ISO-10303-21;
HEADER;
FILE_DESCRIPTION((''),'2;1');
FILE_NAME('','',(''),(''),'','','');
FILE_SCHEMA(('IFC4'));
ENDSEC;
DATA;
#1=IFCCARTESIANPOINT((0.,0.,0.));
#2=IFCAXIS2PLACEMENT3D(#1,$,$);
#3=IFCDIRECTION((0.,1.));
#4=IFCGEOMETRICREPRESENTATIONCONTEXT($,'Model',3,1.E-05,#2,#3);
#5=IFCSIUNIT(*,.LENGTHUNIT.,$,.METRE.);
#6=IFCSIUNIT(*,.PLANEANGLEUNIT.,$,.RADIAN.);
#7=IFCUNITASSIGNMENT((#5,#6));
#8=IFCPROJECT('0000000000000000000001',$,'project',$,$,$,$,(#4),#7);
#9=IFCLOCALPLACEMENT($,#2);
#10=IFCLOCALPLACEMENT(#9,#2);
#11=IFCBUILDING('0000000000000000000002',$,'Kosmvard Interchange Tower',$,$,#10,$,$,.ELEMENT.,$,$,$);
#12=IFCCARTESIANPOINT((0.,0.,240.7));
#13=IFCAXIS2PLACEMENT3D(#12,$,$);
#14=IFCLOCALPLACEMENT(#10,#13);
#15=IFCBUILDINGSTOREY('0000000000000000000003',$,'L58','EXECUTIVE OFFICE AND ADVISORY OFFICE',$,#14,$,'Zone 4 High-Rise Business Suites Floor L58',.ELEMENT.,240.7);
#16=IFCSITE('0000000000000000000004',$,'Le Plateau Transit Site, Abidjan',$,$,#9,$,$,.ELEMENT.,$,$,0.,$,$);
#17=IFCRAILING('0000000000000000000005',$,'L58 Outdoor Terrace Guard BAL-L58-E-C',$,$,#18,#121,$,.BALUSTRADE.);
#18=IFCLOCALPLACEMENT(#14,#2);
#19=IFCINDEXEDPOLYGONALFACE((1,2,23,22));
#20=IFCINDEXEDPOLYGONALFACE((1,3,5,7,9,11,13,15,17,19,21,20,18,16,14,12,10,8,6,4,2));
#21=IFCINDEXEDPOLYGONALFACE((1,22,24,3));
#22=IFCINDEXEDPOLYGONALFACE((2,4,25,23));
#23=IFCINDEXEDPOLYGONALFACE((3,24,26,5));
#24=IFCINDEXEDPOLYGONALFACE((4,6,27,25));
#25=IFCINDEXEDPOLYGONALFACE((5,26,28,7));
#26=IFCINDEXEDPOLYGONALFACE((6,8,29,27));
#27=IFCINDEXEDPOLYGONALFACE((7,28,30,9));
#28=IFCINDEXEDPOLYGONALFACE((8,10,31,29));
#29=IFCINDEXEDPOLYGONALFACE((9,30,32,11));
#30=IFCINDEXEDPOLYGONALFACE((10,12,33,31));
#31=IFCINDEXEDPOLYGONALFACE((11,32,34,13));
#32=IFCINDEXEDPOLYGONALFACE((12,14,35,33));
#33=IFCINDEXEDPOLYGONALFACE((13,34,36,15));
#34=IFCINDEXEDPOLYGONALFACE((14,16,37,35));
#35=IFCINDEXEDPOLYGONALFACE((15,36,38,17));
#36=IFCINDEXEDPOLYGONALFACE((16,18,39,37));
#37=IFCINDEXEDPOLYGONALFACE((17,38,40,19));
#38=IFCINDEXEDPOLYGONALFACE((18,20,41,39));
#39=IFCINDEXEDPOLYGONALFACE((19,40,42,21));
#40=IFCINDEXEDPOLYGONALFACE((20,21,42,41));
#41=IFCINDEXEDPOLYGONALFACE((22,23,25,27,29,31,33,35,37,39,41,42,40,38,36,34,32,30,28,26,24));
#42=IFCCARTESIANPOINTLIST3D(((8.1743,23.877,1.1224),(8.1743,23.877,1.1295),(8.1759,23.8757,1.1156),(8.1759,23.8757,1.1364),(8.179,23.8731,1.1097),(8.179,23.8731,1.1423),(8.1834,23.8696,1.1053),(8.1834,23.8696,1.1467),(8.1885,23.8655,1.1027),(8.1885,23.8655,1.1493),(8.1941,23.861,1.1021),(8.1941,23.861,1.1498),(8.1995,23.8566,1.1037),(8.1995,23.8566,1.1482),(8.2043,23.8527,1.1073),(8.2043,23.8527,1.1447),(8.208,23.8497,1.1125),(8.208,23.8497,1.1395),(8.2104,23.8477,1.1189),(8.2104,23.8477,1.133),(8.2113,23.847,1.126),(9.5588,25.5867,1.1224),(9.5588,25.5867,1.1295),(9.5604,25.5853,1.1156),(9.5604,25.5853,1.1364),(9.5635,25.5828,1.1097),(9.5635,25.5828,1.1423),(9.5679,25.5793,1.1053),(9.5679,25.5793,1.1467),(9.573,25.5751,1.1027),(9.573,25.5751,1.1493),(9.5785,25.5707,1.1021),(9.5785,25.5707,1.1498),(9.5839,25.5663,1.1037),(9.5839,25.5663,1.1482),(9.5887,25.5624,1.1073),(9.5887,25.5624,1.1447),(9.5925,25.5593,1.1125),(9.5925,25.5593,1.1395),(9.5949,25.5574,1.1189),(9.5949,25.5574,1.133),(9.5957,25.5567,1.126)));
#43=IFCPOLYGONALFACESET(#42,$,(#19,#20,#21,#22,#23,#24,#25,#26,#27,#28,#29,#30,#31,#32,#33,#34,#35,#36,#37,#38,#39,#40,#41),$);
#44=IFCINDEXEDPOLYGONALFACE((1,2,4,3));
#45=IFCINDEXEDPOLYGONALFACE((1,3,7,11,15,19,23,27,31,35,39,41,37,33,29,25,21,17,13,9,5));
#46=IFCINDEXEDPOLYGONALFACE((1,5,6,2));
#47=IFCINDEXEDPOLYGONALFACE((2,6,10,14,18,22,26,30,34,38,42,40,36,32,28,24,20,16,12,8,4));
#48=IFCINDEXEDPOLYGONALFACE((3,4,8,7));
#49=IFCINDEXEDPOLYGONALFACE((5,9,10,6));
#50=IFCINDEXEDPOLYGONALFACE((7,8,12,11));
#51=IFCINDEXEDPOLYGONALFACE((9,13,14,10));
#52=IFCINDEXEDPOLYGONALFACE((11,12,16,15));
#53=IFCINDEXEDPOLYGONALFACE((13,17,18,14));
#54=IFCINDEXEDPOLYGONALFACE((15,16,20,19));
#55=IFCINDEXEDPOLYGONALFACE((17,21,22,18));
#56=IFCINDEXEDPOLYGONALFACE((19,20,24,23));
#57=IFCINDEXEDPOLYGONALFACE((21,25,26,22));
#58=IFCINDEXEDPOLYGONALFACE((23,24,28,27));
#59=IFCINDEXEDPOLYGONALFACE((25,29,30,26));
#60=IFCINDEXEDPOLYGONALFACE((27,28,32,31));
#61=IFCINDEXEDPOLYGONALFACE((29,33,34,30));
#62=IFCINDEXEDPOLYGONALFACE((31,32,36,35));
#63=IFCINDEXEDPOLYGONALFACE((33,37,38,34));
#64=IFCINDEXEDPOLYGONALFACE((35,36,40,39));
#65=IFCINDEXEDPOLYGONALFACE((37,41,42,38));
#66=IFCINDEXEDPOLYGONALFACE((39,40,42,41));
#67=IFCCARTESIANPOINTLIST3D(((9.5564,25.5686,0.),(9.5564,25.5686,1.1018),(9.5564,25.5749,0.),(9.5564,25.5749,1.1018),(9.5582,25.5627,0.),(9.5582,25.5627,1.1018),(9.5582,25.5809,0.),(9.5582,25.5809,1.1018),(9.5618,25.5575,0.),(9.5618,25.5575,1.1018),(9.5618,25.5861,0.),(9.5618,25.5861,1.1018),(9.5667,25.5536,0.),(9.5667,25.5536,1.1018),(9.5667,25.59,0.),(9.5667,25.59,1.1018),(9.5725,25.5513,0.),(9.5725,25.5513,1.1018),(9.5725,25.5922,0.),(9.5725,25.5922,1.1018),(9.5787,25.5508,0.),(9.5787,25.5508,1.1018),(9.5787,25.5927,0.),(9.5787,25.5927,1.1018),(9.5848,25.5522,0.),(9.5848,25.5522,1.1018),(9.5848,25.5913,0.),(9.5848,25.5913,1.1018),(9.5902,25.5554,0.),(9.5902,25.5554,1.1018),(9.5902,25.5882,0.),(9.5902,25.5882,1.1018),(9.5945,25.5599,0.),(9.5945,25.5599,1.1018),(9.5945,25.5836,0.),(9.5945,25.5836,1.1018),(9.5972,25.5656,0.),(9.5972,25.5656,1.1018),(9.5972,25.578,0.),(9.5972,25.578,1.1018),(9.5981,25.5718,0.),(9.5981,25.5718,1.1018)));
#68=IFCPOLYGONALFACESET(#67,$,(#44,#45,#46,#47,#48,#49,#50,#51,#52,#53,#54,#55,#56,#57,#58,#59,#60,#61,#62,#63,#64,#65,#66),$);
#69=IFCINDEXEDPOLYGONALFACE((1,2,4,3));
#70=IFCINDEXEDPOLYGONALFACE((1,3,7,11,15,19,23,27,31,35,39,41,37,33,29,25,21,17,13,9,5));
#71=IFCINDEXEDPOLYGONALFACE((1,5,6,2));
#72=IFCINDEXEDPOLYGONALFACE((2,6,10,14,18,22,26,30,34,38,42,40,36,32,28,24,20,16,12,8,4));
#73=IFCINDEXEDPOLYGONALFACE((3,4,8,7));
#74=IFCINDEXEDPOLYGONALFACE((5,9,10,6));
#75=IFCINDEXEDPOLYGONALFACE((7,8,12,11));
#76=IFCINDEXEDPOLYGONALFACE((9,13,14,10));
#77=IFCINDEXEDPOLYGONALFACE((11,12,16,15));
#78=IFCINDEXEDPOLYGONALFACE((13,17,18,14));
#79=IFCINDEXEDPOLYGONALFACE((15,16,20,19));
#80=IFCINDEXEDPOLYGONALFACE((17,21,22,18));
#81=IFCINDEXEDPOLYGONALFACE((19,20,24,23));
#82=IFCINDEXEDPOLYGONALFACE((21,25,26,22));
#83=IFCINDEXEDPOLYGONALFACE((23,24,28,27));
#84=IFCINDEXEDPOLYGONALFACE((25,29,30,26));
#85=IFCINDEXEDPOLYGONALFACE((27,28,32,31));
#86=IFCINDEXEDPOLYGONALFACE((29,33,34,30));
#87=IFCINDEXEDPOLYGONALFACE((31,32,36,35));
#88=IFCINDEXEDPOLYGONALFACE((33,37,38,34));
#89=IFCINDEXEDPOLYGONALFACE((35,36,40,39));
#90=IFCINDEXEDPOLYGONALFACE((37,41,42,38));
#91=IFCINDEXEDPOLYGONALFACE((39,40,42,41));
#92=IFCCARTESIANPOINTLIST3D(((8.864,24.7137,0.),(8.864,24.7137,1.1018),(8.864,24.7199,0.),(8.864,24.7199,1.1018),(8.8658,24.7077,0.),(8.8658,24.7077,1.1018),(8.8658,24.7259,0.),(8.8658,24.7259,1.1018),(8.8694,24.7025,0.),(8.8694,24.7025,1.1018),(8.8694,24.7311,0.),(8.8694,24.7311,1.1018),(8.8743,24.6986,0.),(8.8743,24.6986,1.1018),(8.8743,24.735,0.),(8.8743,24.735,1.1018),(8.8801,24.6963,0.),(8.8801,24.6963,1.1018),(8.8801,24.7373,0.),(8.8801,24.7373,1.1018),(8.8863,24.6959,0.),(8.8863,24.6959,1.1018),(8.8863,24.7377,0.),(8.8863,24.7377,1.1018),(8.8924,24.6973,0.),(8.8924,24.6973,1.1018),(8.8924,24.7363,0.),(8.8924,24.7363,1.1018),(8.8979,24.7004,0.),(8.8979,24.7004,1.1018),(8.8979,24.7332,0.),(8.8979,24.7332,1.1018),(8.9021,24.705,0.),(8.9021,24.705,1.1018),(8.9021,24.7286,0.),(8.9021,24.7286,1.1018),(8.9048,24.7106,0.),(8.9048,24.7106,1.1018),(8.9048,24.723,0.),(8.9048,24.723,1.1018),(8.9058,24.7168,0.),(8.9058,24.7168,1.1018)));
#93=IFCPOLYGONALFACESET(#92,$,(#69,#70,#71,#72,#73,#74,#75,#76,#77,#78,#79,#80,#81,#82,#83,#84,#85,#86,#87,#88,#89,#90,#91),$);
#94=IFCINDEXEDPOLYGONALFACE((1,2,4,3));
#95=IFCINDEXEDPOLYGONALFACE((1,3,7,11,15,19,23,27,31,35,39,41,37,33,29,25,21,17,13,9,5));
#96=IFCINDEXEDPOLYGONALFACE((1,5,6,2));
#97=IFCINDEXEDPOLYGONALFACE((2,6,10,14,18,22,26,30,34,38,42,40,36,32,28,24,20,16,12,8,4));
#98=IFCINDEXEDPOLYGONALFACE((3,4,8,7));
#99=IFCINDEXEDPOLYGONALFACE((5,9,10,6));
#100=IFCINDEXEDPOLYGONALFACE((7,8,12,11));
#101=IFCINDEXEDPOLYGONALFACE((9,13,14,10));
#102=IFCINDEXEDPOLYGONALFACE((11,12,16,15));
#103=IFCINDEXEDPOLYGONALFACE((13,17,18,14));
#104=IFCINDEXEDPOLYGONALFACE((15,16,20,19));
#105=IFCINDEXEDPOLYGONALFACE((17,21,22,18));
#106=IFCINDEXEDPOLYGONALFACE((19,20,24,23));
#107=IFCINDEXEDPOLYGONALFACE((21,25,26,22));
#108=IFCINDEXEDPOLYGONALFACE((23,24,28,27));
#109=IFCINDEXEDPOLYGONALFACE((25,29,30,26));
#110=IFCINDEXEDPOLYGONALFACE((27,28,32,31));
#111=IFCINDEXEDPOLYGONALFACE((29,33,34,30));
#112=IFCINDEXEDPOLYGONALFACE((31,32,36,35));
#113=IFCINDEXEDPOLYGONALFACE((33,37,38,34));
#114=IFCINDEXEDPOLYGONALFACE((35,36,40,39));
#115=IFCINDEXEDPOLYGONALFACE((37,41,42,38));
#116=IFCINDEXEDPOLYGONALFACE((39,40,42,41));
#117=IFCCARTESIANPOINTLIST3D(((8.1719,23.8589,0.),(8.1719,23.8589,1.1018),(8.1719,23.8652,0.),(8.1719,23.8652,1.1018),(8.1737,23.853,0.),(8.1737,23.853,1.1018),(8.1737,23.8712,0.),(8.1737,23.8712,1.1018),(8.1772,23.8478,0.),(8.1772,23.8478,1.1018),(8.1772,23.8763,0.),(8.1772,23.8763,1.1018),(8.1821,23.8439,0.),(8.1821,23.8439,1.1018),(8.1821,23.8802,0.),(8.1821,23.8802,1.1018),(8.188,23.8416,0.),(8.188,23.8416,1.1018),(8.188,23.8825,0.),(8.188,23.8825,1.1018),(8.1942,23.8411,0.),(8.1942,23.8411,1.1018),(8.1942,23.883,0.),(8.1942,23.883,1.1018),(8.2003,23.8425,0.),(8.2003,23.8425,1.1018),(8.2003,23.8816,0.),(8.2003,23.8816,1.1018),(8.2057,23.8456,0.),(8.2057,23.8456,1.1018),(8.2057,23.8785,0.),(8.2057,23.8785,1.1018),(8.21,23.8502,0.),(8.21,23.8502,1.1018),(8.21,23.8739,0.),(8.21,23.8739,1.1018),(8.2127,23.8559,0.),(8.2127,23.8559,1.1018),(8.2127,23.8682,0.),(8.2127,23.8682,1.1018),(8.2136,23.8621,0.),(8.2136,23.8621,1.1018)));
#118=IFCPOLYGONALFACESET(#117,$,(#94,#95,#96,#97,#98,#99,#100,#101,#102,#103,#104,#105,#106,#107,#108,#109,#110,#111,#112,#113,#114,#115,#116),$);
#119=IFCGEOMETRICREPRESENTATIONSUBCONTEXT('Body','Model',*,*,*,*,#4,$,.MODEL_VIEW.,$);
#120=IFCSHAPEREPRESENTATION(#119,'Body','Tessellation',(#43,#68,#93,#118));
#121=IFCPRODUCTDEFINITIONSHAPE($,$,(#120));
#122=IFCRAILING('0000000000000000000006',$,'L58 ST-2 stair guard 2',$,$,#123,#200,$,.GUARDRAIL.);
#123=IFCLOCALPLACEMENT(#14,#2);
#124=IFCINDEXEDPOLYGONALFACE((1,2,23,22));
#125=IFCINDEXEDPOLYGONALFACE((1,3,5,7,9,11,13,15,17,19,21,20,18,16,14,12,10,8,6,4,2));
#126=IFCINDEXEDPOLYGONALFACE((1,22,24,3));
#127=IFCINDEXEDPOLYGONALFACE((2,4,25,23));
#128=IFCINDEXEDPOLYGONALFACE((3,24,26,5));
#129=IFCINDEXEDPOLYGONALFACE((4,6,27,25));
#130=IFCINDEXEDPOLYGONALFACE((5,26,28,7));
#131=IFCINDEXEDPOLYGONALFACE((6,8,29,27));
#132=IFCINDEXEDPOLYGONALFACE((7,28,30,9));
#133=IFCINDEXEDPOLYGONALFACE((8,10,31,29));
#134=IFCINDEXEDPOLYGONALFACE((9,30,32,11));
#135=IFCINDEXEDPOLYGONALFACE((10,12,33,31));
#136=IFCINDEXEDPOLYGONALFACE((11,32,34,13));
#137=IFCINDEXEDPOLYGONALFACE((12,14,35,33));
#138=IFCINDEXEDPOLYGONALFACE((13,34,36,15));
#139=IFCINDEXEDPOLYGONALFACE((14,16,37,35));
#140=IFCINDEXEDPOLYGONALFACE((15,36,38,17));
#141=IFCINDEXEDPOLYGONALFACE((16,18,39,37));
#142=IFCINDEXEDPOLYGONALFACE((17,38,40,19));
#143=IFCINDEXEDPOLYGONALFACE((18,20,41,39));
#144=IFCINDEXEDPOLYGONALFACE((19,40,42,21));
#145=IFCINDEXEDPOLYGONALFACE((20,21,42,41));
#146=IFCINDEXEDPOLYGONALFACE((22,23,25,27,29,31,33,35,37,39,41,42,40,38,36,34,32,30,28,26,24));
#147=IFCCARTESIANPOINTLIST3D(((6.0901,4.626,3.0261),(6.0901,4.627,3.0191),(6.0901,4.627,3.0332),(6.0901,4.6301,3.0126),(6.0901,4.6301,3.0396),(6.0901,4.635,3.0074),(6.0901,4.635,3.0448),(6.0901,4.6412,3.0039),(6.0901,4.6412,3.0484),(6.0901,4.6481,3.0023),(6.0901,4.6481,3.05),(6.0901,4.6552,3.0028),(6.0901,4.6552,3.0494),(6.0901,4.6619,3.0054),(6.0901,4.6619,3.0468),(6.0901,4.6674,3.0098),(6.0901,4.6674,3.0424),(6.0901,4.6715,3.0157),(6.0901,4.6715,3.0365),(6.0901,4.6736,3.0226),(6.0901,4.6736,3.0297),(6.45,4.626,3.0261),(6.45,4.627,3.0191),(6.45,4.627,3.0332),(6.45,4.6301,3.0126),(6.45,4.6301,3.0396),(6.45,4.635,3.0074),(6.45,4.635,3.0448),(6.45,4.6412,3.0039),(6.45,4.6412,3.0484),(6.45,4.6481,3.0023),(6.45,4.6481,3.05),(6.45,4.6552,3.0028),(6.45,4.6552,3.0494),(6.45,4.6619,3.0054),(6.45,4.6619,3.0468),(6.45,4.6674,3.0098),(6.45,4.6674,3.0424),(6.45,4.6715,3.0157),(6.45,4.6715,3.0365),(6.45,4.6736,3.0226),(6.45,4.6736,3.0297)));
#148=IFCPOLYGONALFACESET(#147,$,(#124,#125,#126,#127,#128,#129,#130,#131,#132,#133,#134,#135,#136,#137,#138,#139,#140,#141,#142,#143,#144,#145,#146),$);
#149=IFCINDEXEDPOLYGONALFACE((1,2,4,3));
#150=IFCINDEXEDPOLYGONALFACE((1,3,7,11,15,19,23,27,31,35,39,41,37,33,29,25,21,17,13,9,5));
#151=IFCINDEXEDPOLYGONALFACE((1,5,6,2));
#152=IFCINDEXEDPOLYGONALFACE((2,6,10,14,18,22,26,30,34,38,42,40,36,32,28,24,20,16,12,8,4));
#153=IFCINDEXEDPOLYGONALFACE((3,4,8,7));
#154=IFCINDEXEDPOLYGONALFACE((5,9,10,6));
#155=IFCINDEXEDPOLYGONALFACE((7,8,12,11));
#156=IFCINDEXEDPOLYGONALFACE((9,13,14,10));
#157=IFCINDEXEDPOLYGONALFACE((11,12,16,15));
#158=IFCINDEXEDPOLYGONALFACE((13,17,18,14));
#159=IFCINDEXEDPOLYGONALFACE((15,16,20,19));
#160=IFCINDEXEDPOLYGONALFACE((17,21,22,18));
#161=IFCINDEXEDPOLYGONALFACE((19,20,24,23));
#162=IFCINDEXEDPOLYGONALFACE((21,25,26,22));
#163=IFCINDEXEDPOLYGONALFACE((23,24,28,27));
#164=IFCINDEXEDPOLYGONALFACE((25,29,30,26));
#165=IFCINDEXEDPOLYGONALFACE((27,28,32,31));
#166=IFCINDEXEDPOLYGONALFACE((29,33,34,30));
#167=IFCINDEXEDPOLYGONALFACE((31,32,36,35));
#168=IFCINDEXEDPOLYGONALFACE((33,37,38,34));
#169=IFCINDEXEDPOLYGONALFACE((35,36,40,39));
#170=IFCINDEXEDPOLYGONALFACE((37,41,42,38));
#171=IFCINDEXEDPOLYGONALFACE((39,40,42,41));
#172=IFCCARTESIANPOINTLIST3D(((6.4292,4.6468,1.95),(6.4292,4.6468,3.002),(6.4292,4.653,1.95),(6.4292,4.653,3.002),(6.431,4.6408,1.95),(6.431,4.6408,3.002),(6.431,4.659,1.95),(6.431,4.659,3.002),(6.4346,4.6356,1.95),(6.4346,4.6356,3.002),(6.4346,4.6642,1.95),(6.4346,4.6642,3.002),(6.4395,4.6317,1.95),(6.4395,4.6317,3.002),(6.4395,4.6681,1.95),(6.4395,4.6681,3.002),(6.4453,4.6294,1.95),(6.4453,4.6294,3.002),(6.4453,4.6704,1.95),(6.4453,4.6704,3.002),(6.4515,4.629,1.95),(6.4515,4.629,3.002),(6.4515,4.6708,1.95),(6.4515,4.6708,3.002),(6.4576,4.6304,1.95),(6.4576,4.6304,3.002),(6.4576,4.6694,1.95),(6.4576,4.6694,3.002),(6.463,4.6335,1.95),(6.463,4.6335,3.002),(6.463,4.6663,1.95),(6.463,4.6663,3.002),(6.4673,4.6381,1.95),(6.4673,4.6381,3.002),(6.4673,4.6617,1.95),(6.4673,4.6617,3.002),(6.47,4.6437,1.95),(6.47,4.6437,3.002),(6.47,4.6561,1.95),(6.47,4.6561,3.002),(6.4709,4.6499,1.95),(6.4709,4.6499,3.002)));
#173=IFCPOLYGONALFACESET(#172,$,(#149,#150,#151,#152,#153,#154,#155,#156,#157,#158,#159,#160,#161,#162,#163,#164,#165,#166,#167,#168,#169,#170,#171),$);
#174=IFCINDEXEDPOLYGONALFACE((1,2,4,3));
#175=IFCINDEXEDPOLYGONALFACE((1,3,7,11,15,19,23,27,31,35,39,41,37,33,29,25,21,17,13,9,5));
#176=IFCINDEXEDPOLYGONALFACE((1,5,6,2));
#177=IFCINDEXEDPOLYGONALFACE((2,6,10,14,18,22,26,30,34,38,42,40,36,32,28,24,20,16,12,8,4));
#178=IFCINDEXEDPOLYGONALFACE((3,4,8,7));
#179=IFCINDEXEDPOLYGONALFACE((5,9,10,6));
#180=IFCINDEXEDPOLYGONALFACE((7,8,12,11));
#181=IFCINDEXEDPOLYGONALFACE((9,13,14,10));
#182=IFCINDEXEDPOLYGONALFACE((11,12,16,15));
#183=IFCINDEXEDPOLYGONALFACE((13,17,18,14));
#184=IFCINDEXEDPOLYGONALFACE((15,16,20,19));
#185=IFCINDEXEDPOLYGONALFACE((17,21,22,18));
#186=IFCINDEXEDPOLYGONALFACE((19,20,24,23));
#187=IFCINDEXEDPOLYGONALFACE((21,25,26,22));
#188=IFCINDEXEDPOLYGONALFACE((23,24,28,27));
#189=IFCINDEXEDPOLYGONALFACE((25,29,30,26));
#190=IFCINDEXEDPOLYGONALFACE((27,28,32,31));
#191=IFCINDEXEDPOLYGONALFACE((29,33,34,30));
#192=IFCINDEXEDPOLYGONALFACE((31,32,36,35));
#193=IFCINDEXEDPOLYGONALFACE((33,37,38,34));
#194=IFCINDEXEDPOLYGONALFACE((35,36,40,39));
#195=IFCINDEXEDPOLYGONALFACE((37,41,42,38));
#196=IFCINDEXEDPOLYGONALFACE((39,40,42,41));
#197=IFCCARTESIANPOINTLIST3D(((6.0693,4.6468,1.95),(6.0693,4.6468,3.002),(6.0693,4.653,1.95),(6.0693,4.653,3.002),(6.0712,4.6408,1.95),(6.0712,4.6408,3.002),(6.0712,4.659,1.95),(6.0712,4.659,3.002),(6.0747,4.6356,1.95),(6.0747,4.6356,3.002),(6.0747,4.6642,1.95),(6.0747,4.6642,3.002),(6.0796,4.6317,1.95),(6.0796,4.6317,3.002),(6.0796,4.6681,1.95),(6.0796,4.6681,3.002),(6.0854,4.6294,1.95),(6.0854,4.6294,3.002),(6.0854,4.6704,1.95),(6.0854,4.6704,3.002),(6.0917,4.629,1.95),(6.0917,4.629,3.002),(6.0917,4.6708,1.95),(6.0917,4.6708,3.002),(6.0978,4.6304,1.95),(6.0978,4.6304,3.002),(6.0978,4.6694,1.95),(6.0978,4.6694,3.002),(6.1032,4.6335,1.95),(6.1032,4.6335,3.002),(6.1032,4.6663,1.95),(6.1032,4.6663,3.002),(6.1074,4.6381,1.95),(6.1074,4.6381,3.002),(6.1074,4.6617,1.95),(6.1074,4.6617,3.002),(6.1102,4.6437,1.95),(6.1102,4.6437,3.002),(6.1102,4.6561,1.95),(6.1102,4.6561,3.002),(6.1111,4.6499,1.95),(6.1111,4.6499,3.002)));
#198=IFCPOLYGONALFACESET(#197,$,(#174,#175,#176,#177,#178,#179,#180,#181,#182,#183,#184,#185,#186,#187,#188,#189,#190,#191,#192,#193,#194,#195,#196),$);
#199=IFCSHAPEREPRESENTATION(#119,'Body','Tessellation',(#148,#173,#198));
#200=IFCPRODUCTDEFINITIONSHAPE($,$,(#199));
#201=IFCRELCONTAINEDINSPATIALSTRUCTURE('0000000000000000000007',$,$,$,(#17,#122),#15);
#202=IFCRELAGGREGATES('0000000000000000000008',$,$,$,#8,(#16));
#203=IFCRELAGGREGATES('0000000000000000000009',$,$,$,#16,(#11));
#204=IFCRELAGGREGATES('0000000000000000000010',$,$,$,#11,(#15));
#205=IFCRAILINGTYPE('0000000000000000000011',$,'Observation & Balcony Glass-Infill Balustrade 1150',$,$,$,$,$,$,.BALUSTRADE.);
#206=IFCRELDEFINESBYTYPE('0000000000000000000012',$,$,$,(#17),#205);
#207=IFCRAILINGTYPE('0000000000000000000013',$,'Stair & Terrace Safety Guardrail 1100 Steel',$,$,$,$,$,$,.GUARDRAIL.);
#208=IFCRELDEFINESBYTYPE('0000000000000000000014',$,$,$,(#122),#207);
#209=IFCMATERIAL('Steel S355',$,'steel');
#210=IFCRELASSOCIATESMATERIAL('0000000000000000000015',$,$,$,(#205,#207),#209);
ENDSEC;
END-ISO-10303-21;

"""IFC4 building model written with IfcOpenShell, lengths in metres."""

from ifc_helpers import new_model, si_unit, direction, frame, origin, origin_2d, place, context, subcontext, project, spatial, circle, extrude, source, transform, mapped, material, type_object, element, save


model = new_model("IFC4")

# Units and contexts
model_context = context("Model", 3, precision=1e-05, world=origin(), true_north=direction((0.0, 1.0)))
body_context = subcontext(model_context, "Body", "Model", "MODEL_VIEW")
ifc_project = project(units=[si_unit("LENGTHUNIT", "METRE"), si_unit("PLANEANGLEUNIT", "RADIAN")], contexts=[model_context])

# Site, building, storey
site_placement = place(None, origin())
site = spatial("IfcSite", under=ifc_project, at=site_placement, Name="Le Plateau Transit Site, Abidjan", CompositionType="ELEMENT", RefElevation=0.0)
building_placement = place(site_placement, origin())
building = spatial("IfcBuilding", under=site, at=building_placement, Name="Kosmvard Interchange Tower", CompositionType="ELEMENT")
storey_placement = place(building_placement, frame((0.0, 0.0, 240.7)))
storey = spatial("IfcBuildingStorey", under=building, at=storey_placement, Name="L58", Description="EXECUTIVE OFFICE AND ADVISORY OFFICE", LongName="Zone 4 High-Rise Business Suites Floor L58", CompositionType="ELEMENT", Elevation=240.7)

# Shared definitions
ifc_material_1 = material(Name="Steel S355", Category="steel")

# Railings
railing_type_1 = type_object("IfcRailingType", Name="Observation & Balcony Glass-Infill Balustrade 1150", PredefinedType="BALUSTRADE", material=ifc_material_1)
shared_shape_1 = source(origin(), body_context, "Body", "SweptSolid", [
    extrude(circle(Radius=0.0239, at=origin_2d()), frame((0.0, 0.0, 1.126), z_axis=(-0.629326, -0.777141, 0.0), x_axis=(0.777141, -0.629326, 0.0)), (0.0, 0.0, 1.0), 2.2),
    extrude(circle(Radius=0.021, at=origin_2d()), origin(), (0.0, 0.0, 1.0), 1.1018),
    extrude(circle(Radius=0.021, at=origin_2d()), frame((-0.6924, -0.855, 0.0)), (0.0, 0.0, 1.0), 1.1018),
    extrude(circle(Radius=0.021, at=origin_2d()), frame((-1.3845, -1.7097, 0.0)), (0.0, 0.0, 1.0), 1.1018),
])
railing_1_placement = place(storey_placement, frame((9.5771, 25.5718, 0.0)))
element("IfcRailing", 1, at=railing_1_placement, inside=storey, type_object=railing_type_1, Name="L58 Outdoor Terrace Guard BAL-L58-E-C", PredefinedType="BALUSTRADE", context=body_context, shape_type="MappedRepresentation", body=[
    mapped(shared_shape_1, transform((0.0, 0.0, 0.0), scale=1.0)),
])
railing_type_2 = type_object("IfcRailingType", Name="Stair & Terrace Safety Guardrail 1100 Steel", PredefinedType="GUARDRAIL", material=ifc_material_1)
shared_shape_2 = source(origin(), body_context, "Body", "SweptSolid", [
    extrude(circle(Radius=0.0239, at=origin_2d()), frame((0.0, 0.0, 1.0762), z_axis=(-1.0, 0.0, 0.0), x_axis=(0.0, -1.0, 0.0)), (0.0, 0.0, 1.0), 0.3599),
    extrude(circle(Radius=0.021, at=origin_2d()), origin(), (0.0, 0.0, 1.0), 1.052),
    extrude(circle(Radius=0.021, at=origin_2d()), frame((-0.3599, 0.0, 0.0)), (0.0, 0.0, 1.0), 1.052),
])
railing_2_placement = place(storey_placement, frame((6.45, 4.6499, 1.95)))
element("IfcRailing", 2, at=railing_2_placement, inside=storey, type_object=railing_type_2, Name="L58 ST-2 stair guard 2", PredefinedType="GUARDRAIL", context=body_context, shape_type="MappedRepresentation", body=[
    mapped(shared_shape_2, transform((0.0, 0.0, 0.0), scale=1.0)),
])

save(model, "model.ifc")
